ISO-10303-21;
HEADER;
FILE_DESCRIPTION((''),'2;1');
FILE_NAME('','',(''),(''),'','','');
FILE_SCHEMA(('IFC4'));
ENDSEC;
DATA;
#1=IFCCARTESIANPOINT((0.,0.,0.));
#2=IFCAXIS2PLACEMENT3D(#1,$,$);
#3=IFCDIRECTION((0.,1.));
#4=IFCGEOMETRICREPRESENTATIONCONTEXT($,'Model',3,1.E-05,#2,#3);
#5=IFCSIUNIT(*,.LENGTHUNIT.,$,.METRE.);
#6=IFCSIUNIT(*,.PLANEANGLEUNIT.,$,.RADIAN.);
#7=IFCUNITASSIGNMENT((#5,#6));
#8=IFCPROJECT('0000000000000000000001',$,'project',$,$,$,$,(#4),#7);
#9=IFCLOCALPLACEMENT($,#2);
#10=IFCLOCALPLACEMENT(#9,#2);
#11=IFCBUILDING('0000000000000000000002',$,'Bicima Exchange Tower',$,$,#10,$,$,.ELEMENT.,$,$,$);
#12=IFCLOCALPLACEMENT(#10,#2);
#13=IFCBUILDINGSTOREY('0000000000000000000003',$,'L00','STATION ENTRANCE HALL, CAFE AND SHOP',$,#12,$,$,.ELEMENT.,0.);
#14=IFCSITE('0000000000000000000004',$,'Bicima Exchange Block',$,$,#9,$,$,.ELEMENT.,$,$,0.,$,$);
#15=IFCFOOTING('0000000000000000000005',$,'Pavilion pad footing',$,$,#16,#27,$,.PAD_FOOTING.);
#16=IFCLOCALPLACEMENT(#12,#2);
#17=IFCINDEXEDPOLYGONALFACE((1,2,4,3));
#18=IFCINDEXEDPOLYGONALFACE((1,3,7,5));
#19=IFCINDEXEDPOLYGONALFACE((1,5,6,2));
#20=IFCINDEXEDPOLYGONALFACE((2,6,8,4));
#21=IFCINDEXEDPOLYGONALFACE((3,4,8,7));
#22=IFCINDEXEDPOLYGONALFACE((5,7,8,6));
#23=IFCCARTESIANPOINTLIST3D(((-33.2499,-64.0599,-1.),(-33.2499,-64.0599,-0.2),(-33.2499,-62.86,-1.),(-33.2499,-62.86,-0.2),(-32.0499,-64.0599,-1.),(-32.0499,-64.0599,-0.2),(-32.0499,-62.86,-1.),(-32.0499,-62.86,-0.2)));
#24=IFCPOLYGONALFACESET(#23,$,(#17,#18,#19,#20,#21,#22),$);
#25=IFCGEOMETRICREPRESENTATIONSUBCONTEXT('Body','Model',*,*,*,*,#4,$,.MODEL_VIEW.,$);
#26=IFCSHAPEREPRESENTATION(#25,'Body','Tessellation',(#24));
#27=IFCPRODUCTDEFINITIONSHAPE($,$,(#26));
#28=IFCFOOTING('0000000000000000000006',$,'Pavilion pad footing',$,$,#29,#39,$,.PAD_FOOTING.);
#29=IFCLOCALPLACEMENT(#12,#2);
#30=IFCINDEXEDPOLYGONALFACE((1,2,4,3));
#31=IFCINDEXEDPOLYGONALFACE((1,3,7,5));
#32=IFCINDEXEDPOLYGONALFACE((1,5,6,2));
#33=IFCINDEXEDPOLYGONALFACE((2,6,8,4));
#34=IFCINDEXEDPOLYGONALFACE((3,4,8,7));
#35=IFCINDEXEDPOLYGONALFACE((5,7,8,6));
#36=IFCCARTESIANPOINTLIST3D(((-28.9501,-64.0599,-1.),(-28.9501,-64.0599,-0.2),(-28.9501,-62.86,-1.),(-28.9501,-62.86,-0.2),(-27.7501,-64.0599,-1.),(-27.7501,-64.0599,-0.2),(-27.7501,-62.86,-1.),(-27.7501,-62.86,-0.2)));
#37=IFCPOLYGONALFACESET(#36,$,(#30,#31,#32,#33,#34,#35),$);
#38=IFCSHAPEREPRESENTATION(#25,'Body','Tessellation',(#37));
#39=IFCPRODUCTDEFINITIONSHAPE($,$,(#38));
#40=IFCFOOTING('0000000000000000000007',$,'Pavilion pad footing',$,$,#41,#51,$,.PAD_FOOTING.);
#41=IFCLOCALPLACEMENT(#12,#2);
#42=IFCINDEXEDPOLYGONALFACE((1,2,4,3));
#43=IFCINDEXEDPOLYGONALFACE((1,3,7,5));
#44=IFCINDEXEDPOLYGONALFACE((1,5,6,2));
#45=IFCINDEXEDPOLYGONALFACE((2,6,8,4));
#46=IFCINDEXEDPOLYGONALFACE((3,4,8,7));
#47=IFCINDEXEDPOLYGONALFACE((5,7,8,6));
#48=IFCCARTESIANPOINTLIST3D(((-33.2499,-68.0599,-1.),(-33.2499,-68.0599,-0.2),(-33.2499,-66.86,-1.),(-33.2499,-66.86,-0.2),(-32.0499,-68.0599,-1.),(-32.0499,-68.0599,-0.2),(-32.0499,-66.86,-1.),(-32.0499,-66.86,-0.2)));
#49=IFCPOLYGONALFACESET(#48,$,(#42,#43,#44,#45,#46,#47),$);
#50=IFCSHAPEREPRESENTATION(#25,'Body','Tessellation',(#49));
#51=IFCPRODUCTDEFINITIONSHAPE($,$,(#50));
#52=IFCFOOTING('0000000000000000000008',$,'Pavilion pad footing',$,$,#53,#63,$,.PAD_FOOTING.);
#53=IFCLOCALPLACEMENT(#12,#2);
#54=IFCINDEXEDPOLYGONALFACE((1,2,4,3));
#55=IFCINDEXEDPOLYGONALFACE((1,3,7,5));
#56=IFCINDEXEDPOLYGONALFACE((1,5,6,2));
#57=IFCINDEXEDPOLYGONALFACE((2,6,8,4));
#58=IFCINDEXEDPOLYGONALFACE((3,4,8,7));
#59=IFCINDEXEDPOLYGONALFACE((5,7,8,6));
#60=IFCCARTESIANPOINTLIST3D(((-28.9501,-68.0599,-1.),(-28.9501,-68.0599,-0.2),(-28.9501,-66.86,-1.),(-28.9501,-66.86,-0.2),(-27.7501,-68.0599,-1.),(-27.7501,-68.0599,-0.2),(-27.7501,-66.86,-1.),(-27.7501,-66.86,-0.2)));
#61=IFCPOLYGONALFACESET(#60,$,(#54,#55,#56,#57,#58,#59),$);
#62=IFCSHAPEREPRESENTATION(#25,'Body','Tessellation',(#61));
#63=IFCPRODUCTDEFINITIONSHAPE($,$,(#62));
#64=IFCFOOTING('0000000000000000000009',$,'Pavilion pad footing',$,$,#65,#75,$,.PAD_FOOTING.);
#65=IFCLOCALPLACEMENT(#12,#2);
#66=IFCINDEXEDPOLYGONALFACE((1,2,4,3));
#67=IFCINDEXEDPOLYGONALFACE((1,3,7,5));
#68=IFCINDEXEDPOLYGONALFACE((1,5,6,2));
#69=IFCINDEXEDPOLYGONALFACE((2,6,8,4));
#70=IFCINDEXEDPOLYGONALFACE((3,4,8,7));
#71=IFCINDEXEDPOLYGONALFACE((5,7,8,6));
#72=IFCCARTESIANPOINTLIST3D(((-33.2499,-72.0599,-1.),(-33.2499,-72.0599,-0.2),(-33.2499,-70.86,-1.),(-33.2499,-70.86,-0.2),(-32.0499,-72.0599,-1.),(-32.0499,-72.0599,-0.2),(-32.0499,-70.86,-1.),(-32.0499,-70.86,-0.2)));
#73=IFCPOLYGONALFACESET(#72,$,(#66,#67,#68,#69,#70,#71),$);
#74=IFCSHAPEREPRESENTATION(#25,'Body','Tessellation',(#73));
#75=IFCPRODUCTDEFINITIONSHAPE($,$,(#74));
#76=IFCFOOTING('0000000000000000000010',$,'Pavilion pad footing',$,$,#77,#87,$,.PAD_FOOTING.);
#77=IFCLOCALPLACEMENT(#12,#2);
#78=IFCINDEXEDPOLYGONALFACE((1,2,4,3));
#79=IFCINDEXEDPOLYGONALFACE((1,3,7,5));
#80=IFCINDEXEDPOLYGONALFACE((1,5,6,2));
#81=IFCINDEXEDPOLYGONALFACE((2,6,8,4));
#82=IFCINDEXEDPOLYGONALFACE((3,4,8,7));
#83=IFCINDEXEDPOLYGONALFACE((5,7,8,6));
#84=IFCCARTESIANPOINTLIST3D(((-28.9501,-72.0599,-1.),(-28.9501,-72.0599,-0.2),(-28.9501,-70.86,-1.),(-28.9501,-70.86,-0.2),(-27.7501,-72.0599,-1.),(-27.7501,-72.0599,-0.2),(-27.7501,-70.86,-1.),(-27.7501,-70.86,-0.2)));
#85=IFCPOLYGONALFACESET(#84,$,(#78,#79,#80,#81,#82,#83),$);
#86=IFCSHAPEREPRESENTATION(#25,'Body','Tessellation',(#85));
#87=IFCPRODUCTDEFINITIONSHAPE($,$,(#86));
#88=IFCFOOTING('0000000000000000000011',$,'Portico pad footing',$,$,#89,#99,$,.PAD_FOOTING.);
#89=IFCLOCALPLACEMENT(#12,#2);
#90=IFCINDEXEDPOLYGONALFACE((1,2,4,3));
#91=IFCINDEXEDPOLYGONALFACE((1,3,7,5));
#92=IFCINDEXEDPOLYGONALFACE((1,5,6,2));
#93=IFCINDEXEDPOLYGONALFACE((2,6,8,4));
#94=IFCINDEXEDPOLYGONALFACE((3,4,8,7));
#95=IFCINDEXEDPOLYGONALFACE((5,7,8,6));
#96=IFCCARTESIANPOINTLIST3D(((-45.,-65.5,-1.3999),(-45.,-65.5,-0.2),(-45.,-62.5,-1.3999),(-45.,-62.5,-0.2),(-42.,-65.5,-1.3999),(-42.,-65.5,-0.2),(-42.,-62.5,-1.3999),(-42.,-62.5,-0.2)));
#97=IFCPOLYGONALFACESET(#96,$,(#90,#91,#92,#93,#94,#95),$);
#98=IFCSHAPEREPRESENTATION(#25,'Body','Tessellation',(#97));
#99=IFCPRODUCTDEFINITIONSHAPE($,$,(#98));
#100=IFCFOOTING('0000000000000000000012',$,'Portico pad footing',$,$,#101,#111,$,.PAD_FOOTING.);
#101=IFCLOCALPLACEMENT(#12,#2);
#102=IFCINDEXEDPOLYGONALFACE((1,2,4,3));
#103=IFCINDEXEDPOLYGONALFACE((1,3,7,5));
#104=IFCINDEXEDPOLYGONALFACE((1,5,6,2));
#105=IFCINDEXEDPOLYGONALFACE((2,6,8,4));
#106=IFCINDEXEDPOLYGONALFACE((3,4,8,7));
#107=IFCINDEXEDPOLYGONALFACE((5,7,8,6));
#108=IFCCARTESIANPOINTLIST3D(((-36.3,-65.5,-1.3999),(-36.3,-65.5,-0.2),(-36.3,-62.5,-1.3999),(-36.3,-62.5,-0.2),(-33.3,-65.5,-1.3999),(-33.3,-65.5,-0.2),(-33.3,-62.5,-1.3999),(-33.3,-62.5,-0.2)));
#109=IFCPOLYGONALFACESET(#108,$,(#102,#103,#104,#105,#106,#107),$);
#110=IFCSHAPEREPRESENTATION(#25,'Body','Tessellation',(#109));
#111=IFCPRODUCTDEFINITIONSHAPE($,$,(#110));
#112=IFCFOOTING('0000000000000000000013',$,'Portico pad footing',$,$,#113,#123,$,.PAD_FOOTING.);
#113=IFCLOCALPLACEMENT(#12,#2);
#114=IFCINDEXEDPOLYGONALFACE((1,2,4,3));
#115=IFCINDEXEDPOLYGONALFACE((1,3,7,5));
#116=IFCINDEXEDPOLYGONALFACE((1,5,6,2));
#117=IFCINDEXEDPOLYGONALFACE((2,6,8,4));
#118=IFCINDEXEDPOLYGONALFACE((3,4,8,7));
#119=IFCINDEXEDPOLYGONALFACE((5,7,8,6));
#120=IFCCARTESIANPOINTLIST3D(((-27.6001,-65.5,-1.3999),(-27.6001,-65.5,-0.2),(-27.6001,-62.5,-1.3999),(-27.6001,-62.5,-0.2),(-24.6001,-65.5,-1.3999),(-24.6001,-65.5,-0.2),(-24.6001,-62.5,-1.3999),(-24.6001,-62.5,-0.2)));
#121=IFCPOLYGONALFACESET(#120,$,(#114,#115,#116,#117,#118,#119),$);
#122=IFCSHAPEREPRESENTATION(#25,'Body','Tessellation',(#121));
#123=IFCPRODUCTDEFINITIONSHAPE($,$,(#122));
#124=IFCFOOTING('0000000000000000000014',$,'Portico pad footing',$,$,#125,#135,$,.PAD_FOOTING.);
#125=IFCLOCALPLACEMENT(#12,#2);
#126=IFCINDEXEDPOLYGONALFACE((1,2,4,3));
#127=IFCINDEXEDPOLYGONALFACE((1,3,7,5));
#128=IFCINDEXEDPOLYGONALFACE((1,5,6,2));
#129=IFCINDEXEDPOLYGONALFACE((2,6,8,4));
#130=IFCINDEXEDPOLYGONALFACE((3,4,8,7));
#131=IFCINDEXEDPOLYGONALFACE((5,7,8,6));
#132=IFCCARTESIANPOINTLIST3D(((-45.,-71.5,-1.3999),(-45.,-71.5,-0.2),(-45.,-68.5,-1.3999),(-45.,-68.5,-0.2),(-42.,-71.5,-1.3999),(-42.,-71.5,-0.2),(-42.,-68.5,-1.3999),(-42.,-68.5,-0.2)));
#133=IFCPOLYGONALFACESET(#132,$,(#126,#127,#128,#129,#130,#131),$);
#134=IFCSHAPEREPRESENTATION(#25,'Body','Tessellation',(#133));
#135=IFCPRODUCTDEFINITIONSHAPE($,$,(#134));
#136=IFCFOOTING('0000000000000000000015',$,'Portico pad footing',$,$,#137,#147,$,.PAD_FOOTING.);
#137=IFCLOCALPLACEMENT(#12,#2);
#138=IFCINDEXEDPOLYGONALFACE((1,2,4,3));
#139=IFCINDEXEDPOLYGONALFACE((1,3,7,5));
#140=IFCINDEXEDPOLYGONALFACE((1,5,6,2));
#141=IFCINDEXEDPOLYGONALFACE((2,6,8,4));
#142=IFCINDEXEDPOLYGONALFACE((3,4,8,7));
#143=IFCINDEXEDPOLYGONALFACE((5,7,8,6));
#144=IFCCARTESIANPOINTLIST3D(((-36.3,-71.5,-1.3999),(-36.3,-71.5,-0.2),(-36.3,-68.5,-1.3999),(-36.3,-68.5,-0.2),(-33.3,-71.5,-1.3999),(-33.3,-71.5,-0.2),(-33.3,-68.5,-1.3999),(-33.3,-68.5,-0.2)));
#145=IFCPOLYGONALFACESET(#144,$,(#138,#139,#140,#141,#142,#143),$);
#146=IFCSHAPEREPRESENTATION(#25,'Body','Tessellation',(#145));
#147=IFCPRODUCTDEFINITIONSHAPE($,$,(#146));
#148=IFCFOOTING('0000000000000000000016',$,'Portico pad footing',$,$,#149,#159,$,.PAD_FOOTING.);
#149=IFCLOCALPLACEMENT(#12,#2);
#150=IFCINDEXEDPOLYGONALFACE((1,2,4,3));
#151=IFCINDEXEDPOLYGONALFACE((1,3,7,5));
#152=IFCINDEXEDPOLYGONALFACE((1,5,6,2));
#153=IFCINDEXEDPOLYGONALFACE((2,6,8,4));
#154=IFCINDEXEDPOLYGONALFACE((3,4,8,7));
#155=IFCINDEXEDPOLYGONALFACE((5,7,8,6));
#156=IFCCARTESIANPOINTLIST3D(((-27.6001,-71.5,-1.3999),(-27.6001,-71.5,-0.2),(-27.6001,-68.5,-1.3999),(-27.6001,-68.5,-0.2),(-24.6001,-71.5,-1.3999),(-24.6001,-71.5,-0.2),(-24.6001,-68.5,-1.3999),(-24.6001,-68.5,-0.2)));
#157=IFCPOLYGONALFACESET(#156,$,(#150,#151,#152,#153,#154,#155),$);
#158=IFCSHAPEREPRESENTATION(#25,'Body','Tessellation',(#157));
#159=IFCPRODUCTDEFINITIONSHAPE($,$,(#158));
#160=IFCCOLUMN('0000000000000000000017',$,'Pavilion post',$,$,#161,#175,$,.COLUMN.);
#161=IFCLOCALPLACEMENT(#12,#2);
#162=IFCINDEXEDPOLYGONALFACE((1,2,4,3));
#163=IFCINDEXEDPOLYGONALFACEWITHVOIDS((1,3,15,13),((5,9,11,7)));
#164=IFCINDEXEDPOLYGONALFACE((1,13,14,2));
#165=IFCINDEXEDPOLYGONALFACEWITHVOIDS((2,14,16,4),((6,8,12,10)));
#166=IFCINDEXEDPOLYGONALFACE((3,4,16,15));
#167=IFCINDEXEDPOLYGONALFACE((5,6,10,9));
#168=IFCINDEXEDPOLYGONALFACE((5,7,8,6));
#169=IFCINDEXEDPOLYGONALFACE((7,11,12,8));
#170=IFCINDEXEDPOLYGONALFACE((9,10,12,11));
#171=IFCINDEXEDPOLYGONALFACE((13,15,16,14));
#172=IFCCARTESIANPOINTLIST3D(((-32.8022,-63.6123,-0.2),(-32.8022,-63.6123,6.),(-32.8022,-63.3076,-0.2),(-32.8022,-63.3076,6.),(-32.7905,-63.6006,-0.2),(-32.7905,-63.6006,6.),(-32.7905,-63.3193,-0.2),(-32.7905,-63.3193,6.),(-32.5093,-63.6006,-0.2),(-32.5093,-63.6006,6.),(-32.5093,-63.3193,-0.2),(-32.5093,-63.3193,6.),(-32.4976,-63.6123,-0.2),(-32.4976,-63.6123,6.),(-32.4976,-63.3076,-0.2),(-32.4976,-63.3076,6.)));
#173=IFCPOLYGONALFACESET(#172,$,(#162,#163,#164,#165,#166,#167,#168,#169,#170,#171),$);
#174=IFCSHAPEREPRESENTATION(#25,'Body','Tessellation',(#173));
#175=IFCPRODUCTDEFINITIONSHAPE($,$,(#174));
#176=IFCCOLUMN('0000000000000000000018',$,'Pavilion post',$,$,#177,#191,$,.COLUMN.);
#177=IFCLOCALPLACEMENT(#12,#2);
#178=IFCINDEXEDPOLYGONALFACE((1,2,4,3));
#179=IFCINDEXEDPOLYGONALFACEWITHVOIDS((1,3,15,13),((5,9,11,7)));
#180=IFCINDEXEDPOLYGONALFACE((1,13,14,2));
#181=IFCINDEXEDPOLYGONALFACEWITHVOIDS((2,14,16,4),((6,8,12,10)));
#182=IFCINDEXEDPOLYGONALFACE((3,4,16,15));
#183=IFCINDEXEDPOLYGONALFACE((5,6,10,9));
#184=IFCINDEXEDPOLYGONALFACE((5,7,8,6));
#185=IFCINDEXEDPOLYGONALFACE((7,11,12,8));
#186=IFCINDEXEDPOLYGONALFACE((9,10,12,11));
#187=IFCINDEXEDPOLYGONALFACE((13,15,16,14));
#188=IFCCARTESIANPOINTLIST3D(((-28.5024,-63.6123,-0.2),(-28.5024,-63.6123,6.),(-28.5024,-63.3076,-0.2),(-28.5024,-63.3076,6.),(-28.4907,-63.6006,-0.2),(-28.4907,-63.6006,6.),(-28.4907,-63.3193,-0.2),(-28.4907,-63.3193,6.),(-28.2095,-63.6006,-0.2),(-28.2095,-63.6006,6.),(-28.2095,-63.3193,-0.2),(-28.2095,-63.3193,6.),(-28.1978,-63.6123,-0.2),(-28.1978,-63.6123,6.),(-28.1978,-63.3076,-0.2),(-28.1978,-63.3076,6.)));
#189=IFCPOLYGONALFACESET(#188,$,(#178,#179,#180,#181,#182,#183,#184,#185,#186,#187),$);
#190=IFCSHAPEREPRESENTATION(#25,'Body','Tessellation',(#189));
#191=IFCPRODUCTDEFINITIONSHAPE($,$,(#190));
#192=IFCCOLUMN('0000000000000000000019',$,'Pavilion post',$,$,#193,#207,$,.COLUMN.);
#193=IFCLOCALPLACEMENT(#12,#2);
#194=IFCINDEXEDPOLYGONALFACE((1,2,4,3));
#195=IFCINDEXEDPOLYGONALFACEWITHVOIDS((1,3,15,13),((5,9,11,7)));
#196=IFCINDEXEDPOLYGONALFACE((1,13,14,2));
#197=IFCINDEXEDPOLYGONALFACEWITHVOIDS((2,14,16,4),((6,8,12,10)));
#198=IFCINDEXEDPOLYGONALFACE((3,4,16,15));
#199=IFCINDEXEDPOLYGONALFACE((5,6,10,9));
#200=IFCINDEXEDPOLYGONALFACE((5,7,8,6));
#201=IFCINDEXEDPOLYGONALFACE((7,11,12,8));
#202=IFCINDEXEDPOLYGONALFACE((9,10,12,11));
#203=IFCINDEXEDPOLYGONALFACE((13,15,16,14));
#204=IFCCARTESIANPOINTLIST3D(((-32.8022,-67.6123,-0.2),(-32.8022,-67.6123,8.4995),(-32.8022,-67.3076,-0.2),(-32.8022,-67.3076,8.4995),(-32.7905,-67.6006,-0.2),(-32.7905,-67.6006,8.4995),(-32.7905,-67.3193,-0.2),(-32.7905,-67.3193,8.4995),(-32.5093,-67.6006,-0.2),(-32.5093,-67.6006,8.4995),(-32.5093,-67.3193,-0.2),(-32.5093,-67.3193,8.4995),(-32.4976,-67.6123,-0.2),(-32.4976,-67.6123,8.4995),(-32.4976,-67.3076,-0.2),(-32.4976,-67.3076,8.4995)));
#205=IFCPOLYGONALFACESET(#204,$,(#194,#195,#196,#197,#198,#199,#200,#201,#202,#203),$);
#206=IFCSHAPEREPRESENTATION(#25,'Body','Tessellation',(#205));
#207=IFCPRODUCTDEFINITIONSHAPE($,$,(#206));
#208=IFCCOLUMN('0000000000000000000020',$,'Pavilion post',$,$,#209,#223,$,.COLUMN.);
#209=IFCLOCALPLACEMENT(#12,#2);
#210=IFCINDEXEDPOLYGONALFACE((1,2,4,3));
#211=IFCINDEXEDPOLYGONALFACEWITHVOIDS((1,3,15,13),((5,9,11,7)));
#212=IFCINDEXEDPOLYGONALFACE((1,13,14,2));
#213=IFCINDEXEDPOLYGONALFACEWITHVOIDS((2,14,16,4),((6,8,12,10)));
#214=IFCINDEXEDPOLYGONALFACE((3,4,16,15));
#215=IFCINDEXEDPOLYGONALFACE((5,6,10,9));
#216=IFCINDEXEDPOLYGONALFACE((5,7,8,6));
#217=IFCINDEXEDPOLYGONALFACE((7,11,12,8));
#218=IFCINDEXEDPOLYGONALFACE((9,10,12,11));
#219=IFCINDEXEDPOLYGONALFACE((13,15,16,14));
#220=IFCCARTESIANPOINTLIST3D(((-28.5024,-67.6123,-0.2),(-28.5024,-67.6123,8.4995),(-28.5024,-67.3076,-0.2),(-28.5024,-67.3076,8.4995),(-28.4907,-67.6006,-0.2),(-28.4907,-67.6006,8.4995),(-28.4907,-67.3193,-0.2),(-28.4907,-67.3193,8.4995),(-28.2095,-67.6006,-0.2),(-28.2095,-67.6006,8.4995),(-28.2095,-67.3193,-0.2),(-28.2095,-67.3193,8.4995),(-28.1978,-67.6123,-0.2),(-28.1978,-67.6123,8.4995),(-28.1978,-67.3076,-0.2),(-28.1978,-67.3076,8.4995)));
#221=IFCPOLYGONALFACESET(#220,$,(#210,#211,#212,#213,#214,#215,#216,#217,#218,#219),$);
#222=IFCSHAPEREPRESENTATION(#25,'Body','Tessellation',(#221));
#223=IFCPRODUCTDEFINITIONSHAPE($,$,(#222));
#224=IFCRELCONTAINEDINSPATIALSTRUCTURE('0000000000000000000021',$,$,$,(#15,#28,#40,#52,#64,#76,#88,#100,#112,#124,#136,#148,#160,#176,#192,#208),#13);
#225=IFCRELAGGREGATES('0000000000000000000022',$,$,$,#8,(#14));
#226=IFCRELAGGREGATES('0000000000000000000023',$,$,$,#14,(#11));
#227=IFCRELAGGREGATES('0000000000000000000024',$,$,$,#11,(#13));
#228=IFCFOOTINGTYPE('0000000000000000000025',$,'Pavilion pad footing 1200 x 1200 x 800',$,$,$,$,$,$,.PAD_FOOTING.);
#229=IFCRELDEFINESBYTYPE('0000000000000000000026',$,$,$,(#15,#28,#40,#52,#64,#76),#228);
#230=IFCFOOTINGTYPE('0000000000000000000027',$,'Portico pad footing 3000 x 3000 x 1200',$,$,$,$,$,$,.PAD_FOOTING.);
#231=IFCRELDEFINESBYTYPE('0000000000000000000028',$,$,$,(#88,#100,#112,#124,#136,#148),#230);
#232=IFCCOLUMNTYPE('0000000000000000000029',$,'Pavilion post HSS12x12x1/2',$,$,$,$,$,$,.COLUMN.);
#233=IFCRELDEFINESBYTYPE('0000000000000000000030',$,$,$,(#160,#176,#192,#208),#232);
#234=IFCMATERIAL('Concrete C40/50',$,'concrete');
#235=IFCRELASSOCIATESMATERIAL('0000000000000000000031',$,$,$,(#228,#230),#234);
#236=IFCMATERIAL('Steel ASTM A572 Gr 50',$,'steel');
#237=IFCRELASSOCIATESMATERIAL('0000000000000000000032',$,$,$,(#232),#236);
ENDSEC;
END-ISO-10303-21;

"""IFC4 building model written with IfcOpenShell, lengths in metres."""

from ifc_helpers import new_model, si_unit, direction, frame, origin, origin_2d, place, context, subcontext, project, spatial, rectangle, hollow_rectangle, extrude, material, material_profile, profile_set, type_object, element, save


model = new_model("IFC4")

# Units and contexts
model_context = context("Model", 3, precision=1e-05, world=origin(), true_north=direction((0.0, 1.0)))
body_context = subcontext(model_context, "Body", "Model", "MODEL_VIEW")
ifc_project = project(units=[si_unit("LENGTHUNIT", "METRE"), si_unit("PLANEANGLEUNIT", "RADIAN")], contexts=[model_context])

# Site, building, storey
site_placement = place(None, origin())
site = spatial("IfcSite", under=ifc_project, at=site_placement, Name="Bicima Exchange Block", CompositionType="ELEMENT", RefElevation=0.0)
building_placement = place(site_placement, origin())
building = spatial("IfcBuilding", under=site, at=building_placement, Name="Bicima Exchange Tower", CompositionType="ELEMENT")
storey_placement = place(building_placement, origin())
storey = spatial("IfcBuildingStorey", under=building, at=storey_placement, Name="L00", Description="STATION ENTRANCE HALL, CAFE AND SHOP", CompositionType="ELEMENT", Elevation=0.0)

# Footings
ifc_material_1 = material(Name="Concrete C40/50", Category="concrete")
footing_type_1 = type_object("IfcFootingType", Name="Pavilion pad footing 1200 x 1200 x 800", PredefinedType="PAD_FOOTING", material=ifc_material_1)
for number, where, z_axis, x_axis, name in (
    (1, (-32.6499, -63.46, -1.0), (0.0, 0.0, 1.0), (1.0, 0.0, 0.0), "Pavilion pad footing"),
    (2, (-28.3501, -63.46, -1.0), (0.0, 0.0, 1.0), (1.0, 0.0, 0.0), "Pavilion pad footing"),
    (3, (-32.6499, -67.46, -1.0), (0.0, 0.0, 1.0), (1.0, 0.0, 0.0), "Pavilion pad footing"),
    (4, (-28.3501, -67.46, -1.0), (0.0, 0.0, 1.0), (1.0, 0.0, 0.0), "Pavilion pad footing"),
    (5, (-32.6499, -71.46, -1.0), (0.0, 0.0, 1.0), (1.0, 0.0, 0.0), "Pavilion pad footing"),
    (6, (-28.3501, -71.46, -1.0), (0.0, 0.0, 1.0), (1.0, 0.0, 0.0), "Pavilion pad footing"),
):
    element("IfcFooting", number, at=place(storey_placement, frame(where, z_axis=z_axis, x_axis=x_axis)), inside=storey, type_object=footing_type_1, Name=name, PredefinedType="PAD_FOOTING", context=body_context, shape_type="SweptSolid", body=[
        extrude(rectangle(XDim=1.2, YDim=1.2, at=origin_2d()), origin(), (0.0, 0.0, 1.0), 0.8),
    ])
footing_type_2 = type_object("IfcFootingType", Name="Portico pad footing 3000 x 3000 x 1200", PredefinedType="PAD_FOOTING", material=ifc_material_1)
for number, where, z_axis, x_axis, name in (
    (7, (-43.5, -64.0, -1.3999), (0.0, 0.0, 1.0), (1.0, 0.0, 0.0), "Portico pad footing"),
    (8, (-34.8, -64.0, -1.3999), (0.0, 0.0, 1.0), (1.0, 0.0, 0.0), "Portico pad footing"),
    (9, (-26.1001, -64.0, -1.3999), (0.0, 0.0, 1.0), (1.0, 0.0, 0.0), "Portico pad footing"),
    (10, (-43.5, -70.0, -1.3999), (0.0, 0.0, 1.0), (1.0, 0.0, 0.0), "Portico pad footing"),
    (11, (-34.8, -70.0, -1.3999), (0.0, 0.0, 1.0), (1.0, 0.0, 0.0), "Portico pad footing"),
    (12, (-26.1001, -70.0, -1.3999), (0.0, 0.0, 1.0), (1.0, 0.0, 0.0), "Portico pad footing"),
):
    element("IfcFooting", number, at=place(storey_placement, frame(where, z_axis=z_axis, x_axis=x_axis)), inside=storey, type_object=footing_type_2, Name=name, PredefinedType="PAD_FOOTING", context=body_context, shape_type="SweptSolid", body=[
        extrude(rectangle(XDim=3.0, YDim=3.0, at=origin_2d()), origin(), (0.0, 0.0, 1.0), 1.2),
    ])

# Columns
ifc_material_2 = material(Name="Steel ASTM A572 Gr 50", Category="steel")
ifc_material_profile_1 = material_profile(ifc_material_2, hollow_rectangle(XDim=0.3047, YDim=0.3047, WallThickness=0.0117, at=origin_2d()))
ifc_profile_set_1 = profile_set([ifc_material_profile_1], Name="Steel ASTM A572 Gr 50")
column_type_1 = type_object("IfcColumnType", Name="Pavilion post HSS12x12x1/2", PredefinedType="COLUMN", material=ifc_profile_set_1)
for number, where, z_axis, x_axis, name in (
    (13, (-32.6499, -63.46, -0.2), (0.0, 0.0, 1.0), (1.0, 0.0, 0.0), "Pavilion post"),
    (14, (-28.3501, -63.46, -0.2), (0.0, 0.0, 1.0), (1.0, 0.0, 0.0), "Pavilion post"),
):
    element("IfcColumn", number, at=place(storey_placement, frame(where, z_axis=z_axis, x_axis=x_axis)), inside=storey, type_object=column_type_1, Name=name, PredefinedType="COLUMN", context=body_context, shape_type="SweptSolid", body=[
        extrude(hollow_rectangle(XDim=0.3047, YDim=0.3047, WallThickness=0.0117, at=origin_2d()), origin(), (0.0, 0.0, 1.0), 6.2),
    ])
for number, where, z_axis, x_axis, name in (
    (15, (-32.6499, -67.46, -0.2), (0.0, 0.0, 1.0), (1.0, 0.0, 0.0), "Pavilion post"),
    (16, (-28.3501, -67.46, -0.2), (0.0, 0.0, 1.0), (1.0, 0.0, 0.0), "Pavilion post"),
):
    element("IfcColumn", number, at=place(storey_placement, frame(where, z_axis=z_axis, x_axis=x_axis)), inside=storey, type_object=column_type_1, Name=name, PredefinedType="COLUMN", context=body_context, shape_type="SweptSolid", body=[
        extrude(hollow_rectangle(XDim=0.3047, YDim=0.3047, WallThickness=0.0117, at=origin_2d()), origin(), (0.0, 0.0, 1.0), 8.6995),
    ])

save(model, "model.ifc")
